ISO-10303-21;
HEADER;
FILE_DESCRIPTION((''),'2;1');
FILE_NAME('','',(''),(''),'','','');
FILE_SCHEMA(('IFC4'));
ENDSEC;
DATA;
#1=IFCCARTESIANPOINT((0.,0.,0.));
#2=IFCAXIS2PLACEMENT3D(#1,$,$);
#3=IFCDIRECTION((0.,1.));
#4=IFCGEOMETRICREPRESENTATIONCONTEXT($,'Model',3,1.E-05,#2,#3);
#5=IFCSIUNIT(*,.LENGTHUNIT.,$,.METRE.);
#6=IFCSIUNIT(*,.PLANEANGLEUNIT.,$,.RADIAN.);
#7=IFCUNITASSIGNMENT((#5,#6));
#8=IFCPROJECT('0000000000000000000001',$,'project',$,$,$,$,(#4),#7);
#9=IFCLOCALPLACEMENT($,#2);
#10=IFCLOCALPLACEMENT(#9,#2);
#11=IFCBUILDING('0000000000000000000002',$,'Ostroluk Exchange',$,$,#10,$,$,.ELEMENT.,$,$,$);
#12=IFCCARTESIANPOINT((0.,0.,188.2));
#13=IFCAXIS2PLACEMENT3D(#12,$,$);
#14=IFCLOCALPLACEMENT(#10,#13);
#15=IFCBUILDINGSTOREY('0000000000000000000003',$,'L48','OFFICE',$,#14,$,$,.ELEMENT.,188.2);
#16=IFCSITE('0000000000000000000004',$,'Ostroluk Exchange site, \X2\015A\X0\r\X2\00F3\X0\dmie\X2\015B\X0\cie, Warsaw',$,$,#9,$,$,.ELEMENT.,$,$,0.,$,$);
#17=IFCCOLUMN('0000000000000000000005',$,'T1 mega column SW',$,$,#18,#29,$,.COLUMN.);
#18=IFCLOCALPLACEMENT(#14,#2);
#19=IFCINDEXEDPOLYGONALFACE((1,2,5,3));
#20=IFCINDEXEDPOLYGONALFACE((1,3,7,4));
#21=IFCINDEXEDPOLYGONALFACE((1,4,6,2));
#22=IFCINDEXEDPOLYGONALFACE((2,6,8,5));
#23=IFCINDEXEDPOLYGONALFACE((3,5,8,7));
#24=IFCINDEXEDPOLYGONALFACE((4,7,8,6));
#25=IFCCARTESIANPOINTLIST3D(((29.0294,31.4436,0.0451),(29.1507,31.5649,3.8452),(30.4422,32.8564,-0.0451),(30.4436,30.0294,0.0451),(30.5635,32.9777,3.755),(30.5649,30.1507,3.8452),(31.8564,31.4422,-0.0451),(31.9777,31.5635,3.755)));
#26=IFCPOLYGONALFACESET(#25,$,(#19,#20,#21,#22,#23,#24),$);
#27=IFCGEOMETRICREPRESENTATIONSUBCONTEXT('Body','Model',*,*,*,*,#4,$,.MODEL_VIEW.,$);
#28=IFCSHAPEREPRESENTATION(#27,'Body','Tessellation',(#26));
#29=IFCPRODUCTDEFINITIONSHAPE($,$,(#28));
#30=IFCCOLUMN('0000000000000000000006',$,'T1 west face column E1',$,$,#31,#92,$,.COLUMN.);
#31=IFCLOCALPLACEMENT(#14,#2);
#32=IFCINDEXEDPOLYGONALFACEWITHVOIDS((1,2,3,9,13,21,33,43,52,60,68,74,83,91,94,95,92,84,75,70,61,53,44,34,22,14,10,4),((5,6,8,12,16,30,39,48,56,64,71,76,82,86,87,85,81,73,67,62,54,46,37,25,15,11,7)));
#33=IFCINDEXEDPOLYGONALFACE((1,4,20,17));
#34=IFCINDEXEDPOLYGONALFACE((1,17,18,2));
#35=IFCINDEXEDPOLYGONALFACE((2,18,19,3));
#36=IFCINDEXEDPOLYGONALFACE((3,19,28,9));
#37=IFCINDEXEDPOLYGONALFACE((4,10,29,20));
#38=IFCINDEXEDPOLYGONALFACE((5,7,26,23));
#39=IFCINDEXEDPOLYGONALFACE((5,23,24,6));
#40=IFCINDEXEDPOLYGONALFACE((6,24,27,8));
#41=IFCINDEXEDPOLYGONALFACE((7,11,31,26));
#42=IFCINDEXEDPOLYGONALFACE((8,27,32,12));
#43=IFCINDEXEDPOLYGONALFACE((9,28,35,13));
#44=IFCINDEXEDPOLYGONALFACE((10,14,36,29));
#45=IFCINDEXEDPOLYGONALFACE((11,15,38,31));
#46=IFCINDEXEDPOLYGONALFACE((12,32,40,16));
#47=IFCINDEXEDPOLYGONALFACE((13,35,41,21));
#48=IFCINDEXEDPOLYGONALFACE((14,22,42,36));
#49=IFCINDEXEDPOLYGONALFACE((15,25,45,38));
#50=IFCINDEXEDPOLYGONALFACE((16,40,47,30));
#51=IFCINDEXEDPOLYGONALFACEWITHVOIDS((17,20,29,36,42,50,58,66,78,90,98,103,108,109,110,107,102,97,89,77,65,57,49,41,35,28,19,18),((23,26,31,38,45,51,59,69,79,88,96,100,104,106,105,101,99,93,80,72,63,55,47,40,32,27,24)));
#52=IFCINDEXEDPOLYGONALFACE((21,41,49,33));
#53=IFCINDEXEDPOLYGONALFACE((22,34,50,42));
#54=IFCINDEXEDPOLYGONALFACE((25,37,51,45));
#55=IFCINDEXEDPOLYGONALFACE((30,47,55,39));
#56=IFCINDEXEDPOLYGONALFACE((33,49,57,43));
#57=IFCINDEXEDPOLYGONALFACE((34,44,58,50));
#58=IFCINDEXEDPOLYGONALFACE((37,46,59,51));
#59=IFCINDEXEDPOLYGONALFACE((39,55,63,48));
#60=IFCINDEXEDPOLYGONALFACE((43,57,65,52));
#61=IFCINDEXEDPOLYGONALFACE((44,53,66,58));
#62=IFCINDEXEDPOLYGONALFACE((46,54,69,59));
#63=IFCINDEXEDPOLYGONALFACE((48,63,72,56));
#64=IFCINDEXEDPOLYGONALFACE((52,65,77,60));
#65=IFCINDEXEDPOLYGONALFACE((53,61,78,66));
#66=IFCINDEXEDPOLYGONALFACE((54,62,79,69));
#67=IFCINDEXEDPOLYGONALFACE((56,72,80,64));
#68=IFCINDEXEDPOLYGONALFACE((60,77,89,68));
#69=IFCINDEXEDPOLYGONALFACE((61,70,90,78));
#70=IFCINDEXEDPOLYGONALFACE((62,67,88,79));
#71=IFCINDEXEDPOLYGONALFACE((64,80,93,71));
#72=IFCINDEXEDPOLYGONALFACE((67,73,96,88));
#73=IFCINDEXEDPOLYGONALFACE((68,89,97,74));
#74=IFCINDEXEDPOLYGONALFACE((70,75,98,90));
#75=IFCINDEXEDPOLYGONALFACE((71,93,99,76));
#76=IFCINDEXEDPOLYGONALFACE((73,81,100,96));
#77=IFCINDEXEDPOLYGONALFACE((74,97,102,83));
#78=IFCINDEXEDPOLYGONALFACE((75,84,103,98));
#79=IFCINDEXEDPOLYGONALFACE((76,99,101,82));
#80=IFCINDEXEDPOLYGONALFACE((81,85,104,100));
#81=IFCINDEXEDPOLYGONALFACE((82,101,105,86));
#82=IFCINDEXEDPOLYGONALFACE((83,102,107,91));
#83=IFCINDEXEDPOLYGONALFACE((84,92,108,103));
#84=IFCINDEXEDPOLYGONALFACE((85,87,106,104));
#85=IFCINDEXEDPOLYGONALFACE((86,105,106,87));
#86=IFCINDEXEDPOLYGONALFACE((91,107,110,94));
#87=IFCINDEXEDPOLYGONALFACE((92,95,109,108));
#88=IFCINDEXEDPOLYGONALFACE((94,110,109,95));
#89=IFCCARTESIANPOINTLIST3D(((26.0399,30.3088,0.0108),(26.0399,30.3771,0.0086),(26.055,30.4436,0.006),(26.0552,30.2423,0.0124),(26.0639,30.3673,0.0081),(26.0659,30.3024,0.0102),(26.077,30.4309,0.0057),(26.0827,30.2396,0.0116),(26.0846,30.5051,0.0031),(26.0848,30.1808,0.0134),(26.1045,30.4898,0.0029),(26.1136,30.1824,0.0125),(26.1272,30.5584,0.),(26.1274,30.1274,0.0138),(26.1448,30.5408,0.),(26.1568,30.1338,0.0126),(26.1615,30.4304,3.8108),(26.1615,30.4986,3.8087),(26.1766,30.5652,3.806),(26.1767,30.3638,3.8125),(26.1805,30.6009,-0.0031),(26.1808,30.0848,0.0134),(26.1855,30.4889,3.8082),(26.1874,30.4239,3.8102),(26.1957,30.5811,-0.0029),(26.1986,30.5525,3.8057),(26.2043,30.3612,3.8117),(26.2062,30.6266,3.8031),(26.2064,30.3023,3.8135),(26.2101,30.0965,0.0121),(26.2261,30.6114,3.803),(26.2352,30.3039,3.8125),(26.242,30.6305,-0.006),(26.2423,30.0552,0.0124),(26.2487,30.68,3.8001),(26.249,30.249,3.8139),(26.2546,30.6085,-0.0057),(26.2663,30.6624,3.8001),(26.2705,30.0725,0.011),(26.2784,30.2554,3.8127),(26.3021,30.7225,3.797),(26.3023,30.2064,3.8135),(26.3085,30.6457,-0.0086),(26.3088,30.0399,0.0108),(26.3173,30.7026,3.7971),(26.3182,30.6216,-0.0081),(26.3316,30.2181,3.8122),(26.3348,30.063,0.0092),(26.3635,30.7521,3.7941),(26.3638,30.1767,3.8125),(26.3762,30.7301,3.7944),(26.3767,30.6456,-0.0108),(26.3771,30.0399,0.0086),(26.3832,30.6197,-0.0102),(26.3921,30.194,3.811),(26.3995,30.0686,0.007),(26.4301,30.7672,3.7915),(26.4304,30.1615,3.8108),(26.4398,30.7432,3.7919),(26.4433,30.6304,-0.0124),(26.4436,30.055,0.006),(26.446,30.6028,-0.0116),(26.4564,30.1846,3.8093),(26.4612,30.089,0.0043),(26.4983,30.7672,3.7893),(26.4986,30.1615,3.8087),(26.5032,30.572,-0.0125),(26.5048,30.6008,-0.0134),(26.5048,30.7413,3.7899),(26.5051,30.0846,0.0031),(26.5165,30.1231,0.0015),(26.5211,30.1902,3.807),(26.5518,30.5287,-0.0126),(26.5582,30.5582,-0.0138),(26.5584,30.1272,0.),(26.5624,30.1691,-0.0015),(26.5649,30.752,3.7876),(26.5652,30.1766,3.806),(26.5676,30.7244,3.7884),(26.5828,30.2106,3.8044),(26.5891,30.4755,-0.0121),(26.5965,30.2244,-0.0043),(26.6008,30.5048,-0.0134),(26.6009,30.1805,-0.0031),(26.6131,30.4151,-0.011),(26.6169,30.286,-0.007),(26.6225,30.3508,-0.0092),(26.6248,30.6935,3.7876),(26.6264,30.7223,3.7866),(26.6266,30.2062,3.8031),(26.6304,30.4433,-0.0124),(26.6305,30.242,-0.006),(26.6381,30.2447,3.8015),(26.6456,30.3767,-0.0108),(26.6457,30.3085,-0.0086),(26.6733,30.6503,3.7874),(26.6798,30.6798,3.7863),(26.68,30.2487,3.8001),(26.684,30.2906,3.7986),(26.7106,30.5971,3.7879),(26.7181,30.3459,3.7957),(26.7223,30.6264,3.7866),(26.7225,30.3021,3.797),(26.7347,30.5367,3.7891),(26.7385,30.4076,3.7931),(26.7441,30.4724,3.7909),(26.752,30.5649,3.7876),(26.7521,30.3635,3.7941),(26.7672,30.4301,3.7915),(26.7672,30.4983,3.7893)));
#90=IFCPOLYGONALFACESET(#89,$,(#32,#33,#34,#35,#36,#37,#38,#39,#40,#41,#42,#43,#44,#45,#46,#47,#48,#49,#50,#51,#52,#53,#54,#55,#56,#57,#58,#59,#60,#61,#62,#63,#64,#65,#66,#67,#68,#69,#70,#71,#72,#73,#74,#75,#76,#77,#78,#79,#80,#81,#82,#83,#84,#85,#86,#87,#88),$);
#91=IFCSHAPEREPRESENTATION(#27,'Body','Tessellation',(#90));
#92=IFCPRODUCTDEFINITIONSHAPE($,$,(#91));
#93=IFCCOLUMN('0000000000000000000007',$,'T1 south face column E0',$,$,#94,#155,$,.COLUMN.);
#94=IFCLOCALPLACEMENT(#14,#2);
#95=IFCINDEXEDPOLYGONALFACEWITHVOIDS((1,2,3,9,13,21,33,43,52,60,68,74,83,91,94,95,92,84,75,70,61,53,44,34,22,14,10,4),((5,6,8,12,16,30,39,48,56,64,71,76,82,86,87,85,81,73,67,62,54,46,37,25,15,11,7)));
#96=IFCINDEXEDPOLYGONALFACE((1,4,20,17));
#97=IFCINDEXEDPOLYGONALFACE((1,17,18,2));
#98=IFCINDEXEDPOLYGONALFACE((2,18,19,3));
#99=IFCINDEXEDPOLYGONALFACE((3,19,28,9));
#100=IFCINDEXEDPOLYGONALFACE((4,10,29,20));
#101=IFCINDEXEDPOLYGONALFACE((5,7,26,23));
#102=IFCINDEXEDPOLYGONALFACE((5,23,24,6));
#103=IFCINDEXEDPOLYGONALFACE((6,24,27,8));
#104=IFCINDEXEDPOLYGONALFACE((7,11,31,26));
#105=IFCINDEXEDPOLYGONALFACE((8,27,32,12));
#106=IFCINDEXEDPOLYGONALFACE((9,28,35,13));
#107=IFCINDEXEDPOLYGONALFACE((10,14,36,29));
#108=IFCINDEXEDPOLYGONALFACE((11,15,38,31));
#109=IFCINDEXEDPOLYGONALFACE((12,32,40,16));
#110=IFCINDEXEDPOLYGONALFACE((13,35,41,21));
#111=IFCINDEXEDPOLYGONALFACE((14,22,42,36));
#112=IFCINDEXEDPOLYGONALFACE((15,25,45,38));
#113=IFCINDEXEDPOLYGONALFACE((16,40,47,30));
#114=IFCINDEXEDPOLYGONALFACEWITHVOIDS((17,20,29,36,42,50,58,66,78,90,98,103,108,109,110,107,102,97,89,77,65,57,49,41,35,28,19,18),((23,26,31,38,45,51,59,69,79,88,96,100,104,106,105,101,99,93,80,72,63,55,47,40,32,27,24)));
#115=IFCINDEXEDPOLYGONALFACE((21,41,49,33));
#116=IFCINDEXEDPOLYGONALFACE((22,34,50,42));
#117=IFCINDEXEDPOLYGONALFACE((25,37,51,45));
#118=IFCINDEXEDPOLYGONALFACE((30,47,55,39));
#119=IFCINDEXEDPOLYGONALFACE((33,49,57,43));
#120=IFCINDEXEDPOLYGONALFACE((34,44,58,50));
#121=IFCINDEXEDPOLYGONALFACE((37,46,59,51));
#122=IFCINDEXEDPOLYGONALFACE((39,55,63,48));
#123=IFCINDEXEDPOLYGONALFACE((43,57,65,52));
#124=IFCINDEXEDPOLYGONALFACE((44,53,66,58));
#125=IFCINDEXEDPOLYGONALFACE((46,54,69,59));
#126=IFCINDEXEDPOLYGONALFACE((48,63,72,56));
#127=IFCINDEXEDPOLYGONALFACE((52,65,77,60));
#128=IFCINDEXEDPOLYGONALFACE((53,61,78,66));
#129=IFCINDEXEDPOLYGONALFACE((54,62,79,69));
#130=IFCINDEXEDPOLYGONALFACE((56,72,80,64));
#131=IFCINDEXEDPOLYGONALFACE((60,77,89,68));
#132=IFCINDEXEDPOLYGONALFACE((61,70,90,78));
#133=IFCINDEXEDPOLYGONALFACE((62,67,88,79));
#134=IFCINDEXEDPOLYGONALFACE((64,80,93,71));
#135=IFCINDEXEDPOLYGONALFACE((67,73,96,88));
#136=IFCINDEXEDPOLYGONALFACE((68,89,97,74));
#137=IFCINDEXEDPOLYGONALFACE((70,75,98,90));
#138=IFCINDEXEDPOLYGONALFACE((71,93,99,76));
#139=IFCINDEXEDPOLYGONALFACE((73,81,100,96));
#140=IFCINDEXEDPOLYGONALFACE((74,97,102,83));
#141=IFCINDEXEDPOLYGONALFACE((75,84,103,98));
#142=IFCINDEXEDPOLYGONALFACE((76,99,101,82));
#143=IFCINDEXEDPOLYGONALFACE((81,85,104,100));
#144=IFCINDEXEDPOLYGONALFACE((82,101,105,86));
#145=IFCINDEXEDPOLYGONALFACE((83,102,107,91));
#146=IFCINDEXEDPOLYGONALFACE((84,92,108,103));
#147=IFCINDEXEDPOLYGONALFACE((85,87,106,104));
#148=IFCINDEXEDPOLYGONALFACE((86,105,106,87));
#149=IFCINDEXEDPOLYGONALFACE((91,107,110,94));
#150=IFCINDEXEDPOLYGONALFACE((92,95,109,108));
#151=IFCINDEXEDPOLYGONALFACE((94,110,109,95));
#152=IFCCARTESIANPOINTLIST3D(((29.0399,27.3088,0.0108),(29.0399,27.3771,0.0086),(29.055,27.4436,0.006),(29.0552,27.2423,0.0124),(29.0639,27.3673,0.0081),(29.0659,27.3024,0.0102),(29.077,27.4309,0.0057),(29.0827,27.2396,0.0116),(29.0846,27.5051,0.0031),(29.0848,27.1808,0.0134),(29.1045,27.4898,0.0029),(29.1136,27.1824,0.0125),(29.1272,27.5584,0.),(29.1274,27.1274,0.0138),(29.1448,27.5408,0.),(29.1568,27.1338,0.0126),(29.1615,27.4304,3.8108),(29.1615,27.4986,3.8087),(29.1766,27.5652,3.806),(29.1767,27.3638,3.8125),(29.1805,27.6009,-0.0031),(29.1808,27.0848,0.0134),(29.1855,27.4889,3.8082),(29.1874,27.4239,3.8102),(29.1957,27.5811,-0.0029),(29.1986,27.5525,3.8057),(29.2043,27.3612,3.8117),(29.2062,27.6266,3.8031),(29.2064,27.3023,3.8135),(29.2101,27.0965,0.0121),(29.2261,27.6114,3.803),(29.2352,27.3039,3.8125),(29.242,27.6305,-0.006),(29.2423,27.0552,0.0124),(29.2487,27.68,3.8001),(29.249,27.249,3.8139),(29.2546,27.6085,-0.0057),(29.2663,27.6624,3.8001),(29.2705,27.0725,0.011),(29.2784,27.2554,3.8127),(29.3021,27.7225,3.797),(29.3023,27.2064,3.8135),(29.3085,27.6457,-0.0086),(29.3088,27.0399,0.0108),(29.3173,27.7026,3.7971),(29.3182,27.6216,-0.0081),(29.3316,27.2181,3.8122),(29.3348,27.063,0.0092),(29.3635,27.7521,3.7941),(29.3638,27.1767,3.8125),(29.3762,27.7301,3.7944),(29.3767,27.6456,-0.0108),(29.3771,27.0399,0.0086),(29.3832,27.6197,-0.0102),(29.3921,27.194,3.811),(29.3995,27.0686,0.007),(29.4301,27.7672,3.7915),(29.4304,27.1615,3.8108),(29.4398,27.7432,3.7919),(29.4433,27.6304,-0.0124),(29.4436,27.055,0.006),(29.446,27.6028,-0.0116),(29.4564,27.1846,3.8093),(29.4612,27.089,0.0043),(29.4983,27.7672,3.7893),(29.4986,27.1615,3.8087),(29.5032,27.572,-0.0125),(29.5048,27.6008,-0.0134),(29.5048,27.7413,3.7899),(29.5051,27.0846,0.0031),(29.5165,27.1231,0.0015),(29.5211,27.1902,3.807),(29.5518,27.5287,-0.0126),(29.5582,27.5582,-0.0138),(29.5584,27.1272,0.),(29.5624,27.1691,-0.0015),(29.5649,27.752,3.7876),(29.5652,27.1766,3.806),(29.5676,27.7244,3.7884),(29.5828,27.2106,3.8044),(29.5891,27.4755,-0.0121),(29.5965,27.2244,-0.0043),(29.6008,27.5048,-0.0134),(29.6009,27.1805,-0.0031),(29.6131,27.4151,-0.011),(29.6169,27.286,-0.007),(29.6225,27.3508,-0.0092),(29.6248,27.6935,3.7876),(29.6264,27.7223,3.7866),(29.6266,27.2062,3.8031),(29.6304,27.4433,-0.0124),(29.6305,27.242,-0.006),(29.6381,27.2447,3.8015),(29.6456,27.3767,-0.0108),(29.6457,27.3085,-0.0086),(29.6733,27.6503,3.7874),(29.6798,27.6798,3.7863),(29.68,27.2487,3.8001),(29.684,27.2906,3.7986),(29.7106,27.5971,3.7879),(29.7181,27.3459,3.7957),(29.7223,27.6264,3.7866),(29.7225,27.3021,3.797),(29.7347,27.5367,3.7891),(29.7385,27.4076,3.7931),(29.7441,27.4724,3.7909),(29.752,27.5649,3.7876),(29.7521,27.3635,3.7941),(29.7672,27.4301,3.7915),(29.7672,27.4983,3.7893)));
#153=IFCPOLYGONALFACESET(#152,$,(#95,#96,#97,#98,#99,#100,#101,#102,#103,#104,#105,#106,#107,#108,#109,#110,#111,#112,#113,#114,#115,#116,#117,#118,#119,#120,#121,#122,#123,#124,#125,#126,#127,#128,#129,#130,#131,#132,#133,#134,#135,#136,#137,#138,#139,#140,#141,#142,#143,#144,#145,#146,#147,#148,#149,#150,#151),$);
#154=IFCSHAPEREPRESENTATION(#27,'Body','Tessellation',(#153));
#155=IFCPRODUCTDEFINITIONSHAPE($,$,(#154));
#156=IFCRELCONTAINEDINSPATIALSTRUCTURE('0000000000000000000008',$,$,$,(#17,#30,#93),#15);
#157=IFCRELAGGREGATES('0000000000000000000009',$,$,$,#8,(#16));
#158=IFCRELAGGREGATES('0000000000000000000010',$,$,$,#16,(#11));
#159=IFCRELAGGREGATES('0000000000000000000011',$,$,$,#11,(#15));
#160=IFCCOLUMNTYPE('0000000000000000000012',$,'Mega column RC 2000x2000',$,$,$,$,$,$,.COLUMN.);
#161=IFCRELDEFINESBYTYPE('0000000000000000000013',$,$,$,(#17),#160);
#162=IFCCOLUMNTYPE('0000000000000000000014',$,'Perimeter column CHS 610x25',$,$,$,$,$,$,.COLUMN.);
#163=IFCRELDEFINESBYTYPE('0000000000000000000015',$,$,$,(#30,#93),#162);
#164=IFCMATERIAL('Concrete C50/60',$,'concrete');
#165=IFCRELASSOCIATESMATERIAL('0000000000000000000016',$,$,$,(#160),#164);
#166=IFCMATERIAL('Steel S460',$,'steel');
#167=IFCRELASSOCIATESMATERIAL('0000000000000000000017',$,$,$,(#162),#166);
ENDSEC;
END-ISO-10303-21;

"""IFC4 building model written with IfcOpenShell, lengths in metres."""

from ifc_helpers import new_model, si_unit, direction, frame, origin, origin_2d, place, context, subcontext, project, spatial, rectangle, hollow_circle, extrude, material, material_profile, profile_set, type_object, element, save


model = new_model("IFC4")

# Units and contexts
model_context = context("Model", 3, precision=1e-05, world=origin(), true_north=direction((0.0, 1.0)))
body_context = subcontext(model_context, "Body", "Model", "MODEL_VIEW")
ifc_project = project(units=[si_unit("LENGTHUNIT", "METRE"), si_unit("PLANEANGLEUNIT", "RADIAN")], contexts=[model_context])

# Site, building, storey
site_placement = place(None, origin())
site = spatial("IfcSite", under=ifc_project, at=site_placement, Name="Ostroluk Exchange site, Śródmieście, Warsaw", CompositionType="ELEMENT", RefElevation=0.0)
building_placement = place(site_placement, origin())
building = spatial("IfcBuilding", under=site, at=building_placement, Name="Ostroluk Exchange", CompositionType="ELEMENT")
storey_placement = place(building_placement, frame((0.0, 0.0, 188.2)))
storey = spatial("IfcBuildingStorey", under=building, at=storey_placement, Name="L48", Description="OFFICE", CompositionType="ELEMENT", Elevation=188.2)

# Columns
ifc_material_1 = material(Name="Concrete C50/60", Category="concrete")
ifc_material_profile_1 = material_profile(ifc_material_1, rectangle(XDim=2.0, YDim=2.0, at=origin_2d()), Name="RC 2000x2000")
ifc_profile_set_1 = profile_set([ifc_material_profile_1], Name="Concrete C50/60")
column_type_1 = type_object("IfcColumnType", Name="Mega column RC 2000x2000", PredefinedType="COLUMN", material=ifc_profile_set_1)
column_1_placement = place(storey_placement, frame((30.4429, 31.4429, 0.0), z_axis=(0.031898, 0.031898, 0.998982), x_axis=(-0.707107, 0.707107, 0.0)))
element("IfcColumn", 1, at=column_1_placement, inside=storey, type_object=column_type_1, Name="T1 mega column SW", PredefinedType="COLUMN", context=body_context, shape_type="SweptSolid", body=[
    extrude(rectangle(XDim=2.0, YDim=2.0, at=origin_2d()), origin(), (0.0, 0.0, 1.0), 3.804),
])
ifc_material_2 = material(Name="Steel S460", Category="steel")
ifc_material_profile_2 = material_profile(ifc_material_2, hollow_circle(Radius=0.3049, WallThickness=0.0249, at=origin_2d()), Name="CHS 610x25")
ifc_profile_set_2 = profile_set([ifc_material_profile_2], Name="Steel S460")
column_type_2 = type_object("IfcColumnType", Name="Perimeter column CHS 610x25", PredefinedType="COLUMN", material=ifc_profile_set_2)
for number, where, z_axis, x_axis, name in (
    (2, (26.3428, 30.3428, 0.0), (0.031962, 0.031962, 0.998978), (-0.707107, 0.707107, 0.0), "T1 west face column E1"),
    (3, (29.3428, 27.3428, 0.0), (0.031962, 0.031962, 0.998978), (-0.707107, 0.707107, 0.0), "T1 south face column E0"),
):
    element("IfcColumn", number, at=place(storey_placement, frame(where, z_axis=z_axis, x_axis=x_axis)), inside=storey, type_object=column_type_2, Name=name, PredefinedType="COLUMN", context=body_context, shape_type="SweptSolid", body=[
        extrude(hollow_circle(Radius=0.3049, WallThickness=0.0249, at=origin_2d()), origin(), (0.0, 0.0, 1.0), 3.804),
    ])

save(model, "model.ifc")
